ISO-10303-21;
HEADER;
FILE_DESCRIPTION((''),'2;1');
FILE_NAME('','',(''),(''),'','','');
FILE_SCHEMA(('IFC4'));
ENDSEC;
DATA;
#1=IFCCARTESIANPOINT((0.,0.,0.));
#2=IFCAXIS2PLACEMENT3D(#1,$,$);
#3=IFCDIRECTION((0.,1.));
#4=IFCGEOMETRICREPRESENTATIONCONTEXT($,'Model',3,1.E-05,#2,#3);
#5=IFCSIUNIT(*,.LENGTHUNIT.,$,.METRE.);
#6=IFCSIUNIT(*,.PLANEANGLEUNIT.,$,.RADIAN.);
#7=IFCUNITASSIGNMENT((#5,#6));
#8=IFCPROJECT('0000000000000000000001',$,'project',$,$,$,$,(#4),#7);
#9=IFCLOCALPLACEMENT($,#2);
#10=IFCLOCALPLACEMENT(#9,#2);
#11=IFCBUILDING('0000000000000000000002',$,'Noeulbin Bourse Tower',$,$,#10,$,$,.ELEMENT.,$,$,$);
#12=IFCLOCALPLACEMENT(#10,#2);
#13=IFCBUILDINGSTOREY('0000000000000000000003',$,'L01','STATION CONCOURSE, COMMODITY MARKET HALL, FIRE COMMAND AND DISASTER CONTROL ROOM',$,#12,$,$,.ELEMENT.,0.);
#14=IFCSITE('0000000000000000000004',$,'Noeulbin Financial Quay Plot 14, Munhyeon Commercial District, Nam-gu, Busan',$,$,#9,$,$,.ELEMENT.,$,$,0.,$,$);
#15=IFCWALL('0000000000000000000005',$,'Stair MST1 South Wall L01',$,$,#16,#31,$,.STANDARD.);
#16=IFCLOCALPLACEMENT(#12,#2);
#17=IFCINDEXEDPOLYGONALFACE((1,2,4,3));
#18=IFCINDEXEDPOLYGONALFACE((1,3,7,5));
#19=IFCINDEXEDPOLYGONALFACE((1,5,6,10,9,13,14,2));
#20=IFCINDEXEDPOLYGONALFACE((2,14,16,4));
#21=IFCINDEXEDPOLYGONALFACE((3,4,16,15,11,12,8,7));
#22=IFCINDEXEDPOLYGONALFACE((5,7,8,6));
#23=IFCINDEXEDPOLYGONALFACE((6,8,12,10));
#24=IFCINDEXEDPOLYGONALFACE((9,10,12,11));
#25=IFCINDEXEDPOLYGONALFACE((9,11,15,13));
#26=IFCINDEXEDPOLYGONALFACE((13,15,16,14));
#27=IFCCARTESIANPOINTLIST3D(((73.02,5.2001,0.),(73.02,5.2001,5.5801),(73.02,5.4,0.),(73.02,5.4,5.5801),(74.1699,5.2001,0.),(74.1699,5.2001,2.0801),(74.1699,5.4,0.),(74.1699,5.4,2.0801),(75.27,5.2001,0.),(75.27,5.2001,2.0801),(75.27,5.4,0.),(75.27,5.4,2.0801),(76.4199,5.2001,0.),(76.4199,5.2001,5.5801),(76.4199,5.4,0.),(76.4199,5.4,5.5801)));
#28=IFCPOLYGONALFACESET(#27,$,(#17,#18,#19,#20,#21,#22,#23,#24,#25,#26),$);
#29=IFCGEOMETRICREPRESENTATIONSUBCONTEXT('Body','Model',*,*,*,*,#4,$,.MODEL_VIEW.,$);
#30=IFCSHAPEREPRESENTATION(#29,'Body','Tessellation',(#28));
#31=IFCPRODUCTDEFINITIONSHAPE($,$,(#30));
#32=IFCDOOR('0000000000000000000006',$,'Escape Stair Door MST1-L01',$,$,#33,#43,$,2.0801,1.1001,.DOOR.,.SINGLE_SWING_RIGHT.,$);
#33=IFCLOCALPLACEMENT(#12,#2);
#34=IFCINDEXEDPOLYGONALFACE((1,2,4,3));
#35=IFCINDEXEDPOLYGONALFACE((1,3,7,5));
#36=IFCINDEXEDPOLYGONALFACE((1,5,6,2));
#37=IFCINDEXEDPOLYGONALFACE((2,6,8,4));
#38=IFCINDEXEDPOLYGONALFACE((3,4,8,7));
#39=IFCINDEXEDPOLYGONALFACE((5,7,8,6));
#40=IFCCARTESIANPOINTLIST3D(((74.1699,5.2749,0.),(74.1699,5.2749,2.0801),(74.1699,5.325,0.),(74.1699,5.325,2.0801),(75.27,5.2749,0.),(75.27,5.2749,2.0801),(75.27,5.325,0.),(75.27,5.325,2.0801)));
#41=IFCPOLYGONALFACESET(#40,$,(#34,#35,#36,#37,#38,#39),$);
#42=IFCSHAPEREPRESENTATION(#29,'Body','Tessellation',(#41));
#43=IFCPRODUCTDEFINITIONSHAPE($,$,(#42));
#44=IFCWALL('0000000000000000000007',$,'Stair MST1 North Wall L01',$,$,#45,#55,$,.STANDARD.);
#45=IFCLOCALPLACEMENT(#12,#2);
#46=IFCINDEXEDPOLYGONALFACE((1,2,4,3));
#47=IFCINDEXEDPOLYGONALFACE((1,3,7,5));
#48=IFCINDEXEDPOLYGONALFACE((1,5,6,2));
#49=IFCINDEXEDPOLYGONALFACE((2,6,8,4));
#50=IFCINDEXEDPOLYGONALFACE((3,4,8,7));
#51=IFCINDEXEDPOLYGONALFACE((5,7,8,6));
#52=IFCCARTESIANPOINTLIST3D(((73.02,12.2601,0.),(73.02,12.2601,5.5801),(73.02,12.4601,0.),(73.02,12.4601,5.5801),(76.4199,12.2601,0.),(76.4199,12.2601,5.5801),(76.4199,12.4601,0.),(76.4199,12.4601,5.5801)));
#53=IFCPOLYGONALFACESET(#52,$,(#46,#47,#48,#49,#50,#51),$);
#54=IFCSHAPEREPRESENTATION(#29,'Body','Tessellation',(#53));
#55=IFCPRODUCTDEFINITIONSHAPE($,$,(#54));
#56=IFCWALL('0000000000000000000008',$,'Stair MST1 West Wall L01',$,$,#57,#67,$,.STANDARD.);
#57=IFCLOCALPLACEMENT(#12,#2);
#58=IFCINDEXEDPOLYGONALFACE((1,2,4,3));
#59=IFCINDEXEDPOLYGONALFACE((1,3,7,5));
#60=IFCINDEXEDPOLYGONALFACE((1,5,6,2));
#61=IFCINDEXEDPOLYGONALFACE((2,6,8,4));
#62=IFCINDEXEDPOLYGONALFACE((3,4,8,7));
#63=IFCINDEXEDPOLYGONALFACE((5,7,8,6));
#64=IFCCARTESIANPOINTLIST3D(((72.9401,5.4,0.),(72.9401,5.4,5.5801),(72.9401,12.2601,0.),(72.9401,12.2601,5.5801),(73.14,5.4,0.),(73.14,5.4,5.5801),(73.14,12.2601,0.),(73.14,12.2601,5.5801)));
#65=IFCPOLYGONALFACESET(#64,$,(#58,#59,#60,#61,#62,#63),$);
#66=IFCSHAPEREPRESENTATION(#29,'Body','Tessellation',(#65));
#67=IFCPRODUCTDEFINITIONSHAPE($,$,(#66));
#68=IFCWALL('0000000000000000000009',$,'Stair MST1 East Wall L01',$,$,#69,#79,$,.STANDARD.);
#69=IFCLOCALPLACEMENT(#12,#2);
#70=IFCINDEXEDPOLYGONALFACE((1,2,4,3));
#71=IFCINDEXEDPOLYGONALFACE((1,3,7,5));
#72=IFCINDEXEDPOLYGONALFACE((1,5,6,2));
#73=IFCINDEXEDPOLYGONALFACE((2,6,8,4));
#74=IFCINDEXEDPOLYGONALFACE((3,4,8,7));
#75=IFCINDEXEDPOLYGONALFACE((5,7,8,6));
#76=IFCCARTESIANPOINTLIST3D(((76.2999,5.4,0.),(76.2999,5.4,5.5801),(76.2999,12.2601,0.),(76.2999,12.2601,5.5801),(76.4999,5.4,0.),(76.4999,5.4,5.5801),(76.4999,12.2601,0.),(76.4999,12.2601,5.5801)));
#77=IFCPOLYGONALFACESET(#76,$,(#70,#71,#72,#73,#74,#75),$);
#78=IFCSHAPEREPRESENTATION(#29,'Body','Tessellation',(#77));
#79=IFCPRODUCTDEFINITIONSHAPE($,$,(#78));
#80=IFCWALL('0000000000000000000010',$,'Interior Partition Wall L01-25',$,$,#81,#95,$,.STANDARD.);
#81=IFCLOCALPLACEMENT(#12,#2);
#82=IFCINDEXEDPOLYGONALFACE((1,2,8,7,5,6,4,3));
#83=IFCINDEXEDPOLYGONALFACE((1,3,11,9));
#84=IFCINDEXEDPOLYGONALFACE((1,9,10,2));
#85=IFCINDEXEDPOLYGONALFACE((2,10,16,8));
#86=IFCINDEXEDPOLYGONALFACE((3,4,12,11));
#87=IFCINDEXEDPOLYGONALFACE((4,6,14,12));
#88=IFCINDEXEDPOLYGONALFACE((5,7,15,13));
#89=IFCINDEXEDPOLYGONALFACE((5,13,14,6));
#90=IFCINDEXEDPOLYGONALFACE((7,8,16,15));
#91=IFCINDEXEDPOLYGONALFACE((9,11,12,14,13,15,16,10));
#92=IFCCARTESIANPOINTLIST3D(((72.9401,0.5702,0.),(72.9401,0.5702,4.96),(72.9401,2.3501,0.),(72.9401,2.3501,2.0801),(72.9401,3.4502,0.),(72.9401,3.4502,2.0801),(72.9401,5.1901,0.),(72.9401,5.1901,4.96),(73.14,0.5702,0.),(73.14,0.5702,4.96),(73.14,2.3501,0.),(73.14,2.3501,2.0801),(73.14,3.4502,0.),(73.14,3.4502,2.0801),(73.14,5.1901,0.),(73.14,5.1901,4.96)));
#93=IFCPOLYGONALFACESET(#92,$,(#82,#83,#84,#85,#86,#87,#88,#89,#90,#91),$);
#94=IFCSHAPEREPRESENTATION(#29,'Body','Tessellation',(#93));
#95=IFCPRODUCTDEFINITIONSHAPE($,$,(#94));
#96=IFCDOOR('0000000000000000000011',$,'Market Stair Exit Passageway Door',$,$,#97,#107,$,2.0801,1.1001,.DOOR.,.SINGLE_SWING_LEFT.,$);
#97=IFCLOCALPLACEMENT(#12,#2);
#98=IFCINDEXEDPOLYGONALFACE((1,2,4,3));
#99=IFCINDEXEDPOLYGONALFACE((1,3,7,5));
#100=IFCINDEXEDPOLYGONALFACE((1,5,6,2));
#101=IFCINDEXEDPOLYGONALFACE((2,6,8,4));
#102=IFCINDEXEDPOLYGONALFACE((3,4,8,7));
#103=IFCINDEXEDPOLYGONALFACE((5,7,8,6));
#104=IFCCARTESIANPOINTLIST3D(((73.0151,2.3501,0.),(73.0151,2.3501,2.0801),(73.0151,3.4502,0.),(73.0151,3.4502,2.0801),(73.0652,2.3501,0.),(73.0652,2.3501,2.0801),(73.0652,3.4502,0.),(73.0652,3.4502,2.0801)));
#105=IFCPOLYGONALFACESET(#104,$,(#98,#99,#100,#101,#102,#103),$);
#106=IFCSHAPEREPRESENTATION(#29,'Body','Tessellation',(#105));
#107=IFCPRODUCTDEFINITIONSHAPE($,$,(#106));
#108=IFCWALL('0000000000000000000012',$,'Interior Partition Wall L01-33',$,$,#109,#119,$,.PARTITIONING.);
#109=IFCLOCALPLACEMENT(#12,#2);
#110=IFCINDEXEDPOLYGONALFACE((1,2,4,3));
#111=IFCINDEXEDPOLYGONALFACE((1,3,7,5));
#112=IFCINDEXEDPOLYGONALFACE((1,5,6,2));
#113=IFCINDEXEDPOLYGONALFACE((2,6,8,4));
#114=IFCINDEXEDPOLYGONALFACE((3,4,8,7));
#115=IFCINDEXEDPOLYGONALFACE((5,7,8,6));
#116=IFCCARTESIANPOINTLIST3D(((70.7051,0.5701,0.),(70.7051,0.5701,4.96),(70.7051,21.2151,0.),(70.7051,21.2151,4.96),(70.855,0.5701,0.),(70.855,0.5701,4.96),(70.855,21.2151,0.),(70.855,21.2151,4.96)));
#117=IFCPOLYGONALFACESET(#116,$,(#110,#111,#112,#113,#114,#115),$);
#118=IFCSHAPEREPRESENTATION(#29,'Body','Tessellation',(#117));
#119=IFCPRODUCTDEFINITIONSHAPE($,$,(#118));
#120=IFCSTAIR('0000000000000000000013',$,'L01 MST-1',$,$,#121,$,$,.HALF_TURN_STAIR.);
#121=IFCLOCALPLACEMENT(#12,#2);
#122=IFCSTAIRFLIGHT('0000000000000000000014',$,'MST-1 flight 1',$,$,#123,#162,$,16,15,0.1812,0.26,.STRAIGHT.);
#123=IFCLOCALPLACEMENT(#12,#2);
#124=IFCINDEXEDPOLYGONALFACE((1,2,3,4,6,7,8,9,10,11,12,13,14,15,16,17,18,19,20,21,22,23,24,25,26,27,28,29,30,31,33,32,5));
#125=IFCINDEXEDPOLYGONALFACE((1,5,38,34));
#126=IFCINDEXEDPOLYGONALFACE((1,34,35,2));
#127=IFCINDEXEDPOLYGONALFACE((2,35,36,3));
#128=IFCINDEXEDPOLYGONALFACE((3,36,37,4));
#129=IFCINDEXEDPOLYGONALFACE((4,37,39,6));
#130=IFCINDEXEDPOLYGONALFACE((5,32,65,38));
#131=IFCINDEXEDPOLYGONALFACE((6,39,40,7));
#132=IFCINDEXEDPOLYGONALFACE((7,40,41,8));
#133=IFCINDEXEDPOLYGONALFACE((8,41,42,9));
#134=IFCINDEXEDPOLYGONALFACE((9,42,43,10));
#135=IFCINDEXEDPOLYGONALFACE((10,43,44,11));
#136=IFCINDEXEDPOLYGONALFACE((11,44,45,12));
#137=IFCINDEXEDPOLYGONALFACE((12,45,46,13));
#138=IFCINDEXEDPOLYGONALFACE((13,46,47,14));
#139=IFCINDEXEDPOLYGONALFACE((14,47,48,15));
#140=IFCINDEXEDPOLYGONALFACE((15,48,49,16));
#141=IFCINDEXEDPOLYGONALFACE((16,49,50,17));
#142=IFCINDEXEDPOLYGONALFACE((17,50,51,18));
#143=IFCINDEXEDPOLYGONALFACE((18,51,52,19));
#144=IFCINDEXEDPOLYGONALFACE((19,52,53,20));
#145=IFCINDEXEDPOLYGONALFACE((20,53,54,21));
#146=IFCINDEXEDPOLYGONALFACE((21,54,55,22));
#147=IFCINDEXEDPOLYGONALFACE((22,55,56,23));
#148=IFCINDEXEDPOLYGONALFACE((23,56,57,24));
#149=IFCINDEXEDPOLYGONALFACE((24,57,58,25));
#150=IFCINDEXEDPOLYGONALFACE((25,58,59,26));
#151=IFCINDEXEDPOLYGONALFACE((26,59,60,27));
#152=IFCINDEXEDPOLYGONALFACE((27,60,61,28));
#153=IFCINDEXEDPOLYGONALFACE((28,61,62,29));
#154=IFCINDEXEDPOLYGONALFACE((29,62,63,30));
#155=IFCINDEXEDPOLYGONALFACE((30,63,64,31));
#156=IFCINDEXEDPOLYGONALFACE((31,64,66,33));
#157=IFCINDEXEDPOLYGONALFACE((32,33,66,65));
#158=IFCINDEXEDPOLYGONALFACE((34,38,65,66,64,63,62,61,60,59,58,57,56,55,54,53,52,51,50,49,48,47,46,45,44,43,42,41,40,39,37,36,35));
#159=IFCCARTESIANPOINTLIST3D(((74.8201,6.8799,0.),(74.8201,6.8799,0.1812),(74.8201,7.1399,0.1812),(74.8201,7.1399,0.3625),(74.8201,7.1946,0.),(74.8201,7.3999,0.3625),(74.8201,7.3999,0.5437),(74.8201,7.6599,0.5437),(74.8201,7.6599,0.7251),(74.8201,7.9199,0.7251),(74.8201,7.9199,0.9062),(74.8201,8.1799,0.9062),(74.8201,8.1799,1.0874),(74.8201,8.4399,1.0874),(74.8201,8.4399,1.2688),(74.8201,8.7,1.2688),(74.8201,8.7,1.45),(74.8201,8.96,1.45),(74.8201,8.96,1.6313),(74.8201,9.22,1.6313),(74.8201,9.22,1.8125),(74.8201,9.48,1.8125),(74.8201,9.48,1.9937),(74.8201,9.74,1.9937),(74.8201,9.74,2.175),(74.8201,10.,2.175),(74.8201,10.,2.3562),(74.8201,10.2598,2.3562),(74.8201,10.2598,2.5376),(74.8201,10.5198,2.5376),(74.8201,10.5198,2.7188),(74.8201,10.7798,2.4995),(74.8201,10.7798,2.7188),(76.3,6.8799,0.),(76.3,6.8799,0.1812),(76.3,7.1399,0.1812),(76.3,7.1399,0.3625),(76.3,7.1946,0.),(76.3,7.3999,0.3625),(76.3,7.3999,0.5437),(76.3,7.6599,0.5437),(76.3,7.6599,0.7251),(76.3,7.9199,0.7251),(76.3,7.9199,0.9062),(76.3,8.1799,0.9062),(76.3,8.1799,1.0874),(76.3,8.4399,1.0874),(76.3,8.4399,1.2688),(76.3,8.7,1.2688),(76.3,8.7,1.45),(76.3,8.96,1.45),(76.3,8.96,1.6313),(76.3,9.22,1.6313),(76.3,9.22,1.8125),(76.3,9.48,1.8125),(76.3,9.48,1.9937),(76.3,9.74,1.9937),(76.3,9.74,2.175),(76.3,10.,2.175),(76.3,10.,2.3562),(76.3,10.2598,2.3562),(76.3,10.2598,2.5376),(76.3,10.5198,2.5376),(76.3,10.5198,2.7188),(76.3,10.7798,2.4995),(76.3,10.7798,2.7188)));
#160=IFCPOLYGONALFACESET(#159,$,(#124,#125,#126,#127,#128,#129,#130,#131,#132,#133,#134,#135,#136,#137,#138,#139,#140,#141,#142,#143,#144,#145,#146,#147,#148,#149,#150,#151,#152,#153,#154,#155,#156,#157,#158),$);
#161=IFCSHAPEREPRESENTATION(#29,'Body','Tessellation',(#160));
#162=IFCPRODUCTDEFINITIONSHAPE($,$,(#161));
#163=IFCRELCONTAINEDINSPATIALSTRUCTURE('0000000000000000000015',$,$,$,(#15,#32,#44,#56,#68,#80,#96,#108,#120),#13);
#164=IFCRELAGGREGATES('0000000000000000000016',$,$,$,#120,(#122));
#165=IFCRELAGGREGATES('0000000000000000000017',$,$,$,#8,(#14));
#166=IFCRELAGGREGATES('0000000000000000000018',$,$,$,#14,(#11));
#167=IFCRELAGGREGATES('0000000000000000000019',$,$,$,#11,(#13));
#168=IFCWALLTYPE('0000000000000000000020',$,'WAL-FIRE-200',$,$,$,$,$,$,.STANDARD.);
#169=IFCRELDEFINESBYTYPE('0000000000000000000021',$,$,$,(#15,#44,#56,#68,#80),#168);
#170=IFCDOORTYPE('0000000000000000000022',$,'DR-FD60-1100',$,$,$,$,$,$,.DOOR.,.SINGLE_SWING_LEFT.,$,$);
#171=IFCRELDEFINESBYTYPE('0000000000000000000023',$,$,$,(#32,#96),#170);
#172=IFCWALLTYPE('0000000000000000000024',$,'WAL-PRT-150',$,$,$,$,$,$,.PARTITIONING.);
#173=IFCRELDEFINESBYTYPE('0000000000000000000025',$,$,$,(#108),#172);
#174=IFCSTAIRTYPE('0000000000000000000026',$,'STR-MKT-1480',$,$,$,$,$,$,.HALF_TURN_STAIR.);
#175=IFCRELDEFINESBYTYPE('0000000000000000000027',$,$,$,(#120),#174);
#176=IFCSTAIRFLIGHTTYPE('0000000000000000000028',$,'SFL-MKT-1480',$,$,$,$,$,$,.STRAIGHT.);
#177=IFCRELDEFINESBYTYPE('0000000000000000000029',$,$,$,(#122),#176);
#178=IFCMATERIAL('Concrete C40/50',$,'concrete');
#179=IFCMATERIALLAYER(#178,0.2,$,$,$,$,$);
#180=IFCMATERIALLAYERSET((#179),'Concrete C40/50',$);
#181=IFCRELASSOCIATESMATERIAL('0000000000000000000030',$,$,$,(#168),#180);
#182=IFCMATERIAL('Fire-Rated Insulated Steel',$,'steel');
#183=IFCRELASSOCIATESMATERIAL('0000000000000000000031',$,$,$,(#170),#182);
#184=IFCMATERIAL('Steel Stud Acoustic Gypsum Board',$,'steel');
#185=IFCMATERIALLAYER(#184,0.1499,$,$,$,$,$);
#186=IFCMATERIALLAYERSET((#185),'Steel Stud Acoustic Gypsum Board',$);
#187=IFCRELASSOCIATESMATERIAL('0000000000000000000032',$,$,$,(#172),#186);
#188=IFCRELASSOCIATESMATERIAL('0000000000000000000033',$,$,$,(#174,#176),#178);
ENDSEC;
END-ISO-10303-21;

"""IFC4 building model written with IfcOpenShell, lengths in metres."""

from ifc_helpers import new_model, si_unit, direction, frame, frame_2d, origin, place, context, subcontext, project, spatial, polyline, rectangle, outline, extrude, material, layer, layer_set, type_object, element, fill, aggregate, save


model = new_model("IFC4")

# Units and contexts
model_context = context("Model", 3, precision=1e-05, world=origin(), true_north=direction((0.0, 1.0)))
body_context = subcontext(model_context, "Body", "Model", "MODEL_VIEW")
ifc_project = project(units=[si_unit("LENGTHUNIT", "METRE"), si_unit("PLANEANGLEUNIT", "RADIAN")], contexts=[model_context])

# Site, building, storey
site_placement = place(None, origin())
site = spatial("IfcSite", under=ifc_project, at=site_placement, Name="Noeulbin Financial Quay Plot 14, Munhyeon Commercial District, Nam-gu, Busan", CompositionType="ELEMENT", RefElevation=0.0)
building_placement = place(site_placement, origin())
building = spatial("IfcBuilding", under=site, at=building_placement, Name="Noeulbin Bourse Tower", CompositionType="ELEMENT")
storey_placement = place(building_placement, origin())
storey = spatial("IfcBuildingStorey", under=building, at=storey_placement, Name="L01", Description="STATION CONCOURSE, COMMODITY MARKET HALL, FIRE COMMAND AND DISASTER CONTROL ROOM", CompositionType="ELEMENT", Elevation=0.0)

# Wall, opening, door
ifc_material_1 = material(Name="Concrete C40/50", Category="concrete")
ifc_layer_1 = layer(ifc_material_1, 0.2)
ifc_layer_set_1 = layer_set([ifc_layer_1], Name="Concrete C40/50")
wall_type_1 = type_object("IfcWallType", Name="WAL-FIRE-200", PredefinedType="STANDARD", material=ifc_layer_set_1)
wall_1_placement = place(storey_placement, frame((73.02, 5.3, 0.0), z_axis=(0.0, 0.0, 1.0), x_axis=(1.0, 0.0, 0.0)))
wall_1 = element("IfcWall", 1, at=wall_1_placement, inside=storey, type_object=wall_type_1, Name="Stair MST1 South Wall L01", PredefinedType="STANDARD", context=body_context, shape_type="SweptSolid", body=[
    extrude(rectangle(XDim=3.3999, YDim=0.2, at=frame_2d((1.7, 0.0))), origin(), (0.0, 0.0, 1.0), 5.5801),
])
opening_1_placement = place(wall_1_placement, frame((1.1499, 0.0, 0.0)))
opening_1 = element("IfcOpeningElement", 2, at=opening_1_placement, cuts=wall_1, PredefinedType="OPENING", context=body_context, shape_type="SweptSolid", body=[
    extrude(rectangle(XDim=1.1001, YDim=2.0801, at=frame_2d((0.55, 1.04))), frame((0.0, 0.1099, 0.0), z_axis=(0.0, -1.0, 0.0), x_axis=(1.0, 0.0, 0.0)), (0.0, 0.0, 1.0), 0.22),
])
ifc_material_2 = material(Name="Fire-Rated Insulated Steel", Category="steel")
door_type = type_object("IfcDoorType", Name="DR-FD60-1100", OperationType="SINGLE_SWING_LEFT", PredefinedType="DOOR", material=ifc_material_2)
door_1_placement = place(opening_1_placement, origin())
door_1 = element("IfcDoor", 3, at=door_1_placement, inside=storey, type_object=door_type, Name="Escape Stair Door MST1-L01", OperationType="SINGLE_SWING_RIGHT", OverallHeight=2.0801, OverallWidth=1.1001, PredefinedType="DOOR", context=body_context, shape_type="SweptSolid", body=[
    extrude(rectangle(XDim=1.1001, YDim=2.0801, at=frame_2d((0.55, 1.04))), frame((0.0, 0.0249, 0.0), z_axis=(0.0, -1.0, 0.0), x_axis=(1.0, 0.0, 0.0)), (0.0, 0.0, 1.0), 0.05),
])
fill(opening_1, door_1)

# Walls
wall_2_placement = place(storey_placement, frame((73.02, 12.3601, 0.0), z_axis=(0.0, 0.0, 1.0), x_axis=(1.0, 0.0, 0.0)))
element("IfcWall", 4, at=wall_2_placement, inside=storey, type_object=wall_type_1, Name="Stair MST1 North Wall L01", PredefinedType="STANDARD", context=body_context, shape_type="SweptSolid", body=[
    extrude(rectangle(XDim=3.3999, YDim=0.2, at=frame_2d((1.7, 0.0))), origin(), (0.0, 0.0, 1.0), 5.5801),
])
for number, where, z_axis, x_axis, name in (
    (5, (73.04, 5.3999, 0.0), (0.0, 0.0, 1.0), (0.0, 1.0, 0.0), "Stair MST1 West Wall L01"),
    (6, (76.3999, 5.3999, 0.0), (0.0, 0.0, 1.0), (0.0, 1.0, 0.0), "Stair MST1 East Wall L01"),
):
    element("IfcWall", number, at=place(storey_placement, frame(where, z_axis=z_axis, x_axis=x_axis)), inside=storey, type_object=wall_type_1, Name=name, PredefinedType="STANDARD", context=body_context, shape_type="SweptSolid", body=[
        extrude(rectangle(XDim=6.8601, YDim=0.2, at=frame_2d((3.4302, 0.0))), origin(), (0.0, 0.0, 1.0), 5.5801),
    ])

# Wall, opening, door
wall_3_placement = place(storey_placement, frame((73.04, 0.5701, 0.0), z_axis=(0.0, 0.0, 1.0), x_axis=(0.0, 1.0, 0.0)))
wall_3 = element("IfcWall", 7, at=wall_3_placement, inside=storey, type_object=wall_type_1, Name="Interior Partition Wall L01-25", PredefinedType="STANDARD", context=body_context, shape_type="SweptSolid", body=[
    extrude(rectangle(XDim=4.6199, YDim=0.2, at=frame_2d((2.3101, 0.0))), origin(), (0.0, 0.0, 1.0), 4.96),
])
opening_2_placement = place(wall_3_placement, frame((1.78, 0.0, 0.0)))
opening_2 = element("IfcOpeningElement", 8, at=opening_2_placement, cuts=wall_3, PredefinedType="OPENING", context=body_context, shape_type="SweptSolid", body=[
    extrude(rectangle(XDim=1.1001, YDim=2.0801, at=frame_2d((0.55, 1.04))), frame((0.0, 0.1099, 0.0), z_axis=(0.0, -1.0, 0.0), x_axis=(1.0, 0.0, 0.0)), (0.0, 0.0, 1.0), 0.22),
])
door_2_placement = place(opening_2_placement, origin())
door_2 = element("IfcDoor", 9, at=door_2_placement, inside=storey, type_object=door_type, Name="Market Stair Exit Passageway Door", OperationType="SINGLE_SWING_LEFT", OverallHeight=2.0801, OverallWidth=1.1001, PredefinedType="DOOR", context=body_context, shape_type="SweptSolid", body=[
    extrude(rectangle(XDim=1.1001, YDim=2.0801, at=frame_2d((0.55, 1.04))), frame((0.0, 0.0249, 0.0), z_axis=(0.0, -1.0, 0.0), x_axis=(1.0, 0.0, 0.0)), (0.0, 0.0, 1.0), 0.05),
])
fill(opening_2, door_2)

# Wall
ifc_material_3 = material(Name="Steel Stud Acoustic Gypsum Board", Category="steel")
ifc_layer_2 = layer(ifc_material_3, 0.1499)
ifc_layer_set_2 = layer_set([ifc_layer_2], Name="Steel Stud Acoustic Gypsum Board")
wall_type_2 = type_object("IfcWallType", Name="WAL-PRT-150", PredefinedType="PARTITIONING", material=ifc_layer_set_2)
wall_4_placement = place(storey_placement, frame((70.78, 0.5701, 0.0), z_axis=(0.0, 0.0, 1.0), x_axis=(0.0, 1.0, 0.0)))
element("IfcWall", 10, at=wall_4_placement, inside=storey, type_object=wall_type_2, Name="Interior Partition Wall L01-33", PredefinedType="PARTITIONING", context=body_context, shape_type="SweptSolid", body=[
    extrude(rectangle(XDim=20.645, YDim=0.1499, at=frame_2d((10.3225, 0.0))), origin(), (0.0, 0.0, 1.0), 4.96),
])

# Stair, stair flight
stair_type = type_object("IfcStairType", Name="STR-MKT-1480", PredefinedType="HALF_TURN_STAIR", material=ifc_material_1)
stair_placement = place(storey_placement, origin())
stair = element("IfcStair", 11, at=stair_placement, inside=storey, type_object=stair_type, Name="L01 MST-1", PredefinedType="HALF_TURN_STAIR")
stair_flight_type = type_object("IfcStairFlightType", Name="SFL-MKT-1480", PredefinedType="STRAIGHT", material=ifc_material_1)
stair_flight_1_placement = place(storey_placement, frame((75.5601, 6.8799, 0.0), z_axis=(0.0, 0.0, 1.0), x_axis=(0.0, 1.0, 0.0)))
stair_flight_1 = element("IfcStairFlight", 12, at=stair_flight_1_placement, type_object=stair_flight_type, Name="MST-1 flight 1", NumberOfRisers=16, NumberOfTreads=15, PredefinedType="STRAIGHT", RiserHeight=0.1812, TreadLength=0.26, context=body_context, shape_type="SweptSolid", body=[
    extrude(outline(polyline([(0.0, 0.0), (0.0, 0.1812), (0.26, 0.1812), (0.26, 0.3625), (0.52, 0.3625), (0.52, 0.5437), (0.78, 0.5437), (0.78, 0.7251), (1.04, 0.7251), (1.04, 0.9062), (1.3, 0.9062), (1.3, 1.0874), (1.5601, 1.0874), (1.5601, 1.2688), (1.8201, 1.2688), (1.8201, 1.45), (2.0801, 1.45), (2.0801, 1.6313), (2.3401, 1.6313), (2.3401, 1.8125), (2.6001, 1.8125), (2.6001, 1.9937), (2.8601, 1.9937), (2.8601, 2.175), (3.1201, 2.175), (3.1201, 2.3562), (3.3799, 2.3562), (3.3799, 2.5376), (3.6399, 2.5376), (3.6399, 2.7188), (3.8999, 2.7188), (3.8999, 2.8999), (3.8999, 2.4995), (0.3147, 0.0), (0.0, 0.0)])), frame((0.0, 0.74, 0.0), z_axis=(0.0, -1.0, 0.0), x_axis=(1.0, 0.0, 0.0)), (0.0, 0.0, 1.0), 1.48),
])
aggregate(stair, [stair_flight_1])

save(model, "model.ifc")
